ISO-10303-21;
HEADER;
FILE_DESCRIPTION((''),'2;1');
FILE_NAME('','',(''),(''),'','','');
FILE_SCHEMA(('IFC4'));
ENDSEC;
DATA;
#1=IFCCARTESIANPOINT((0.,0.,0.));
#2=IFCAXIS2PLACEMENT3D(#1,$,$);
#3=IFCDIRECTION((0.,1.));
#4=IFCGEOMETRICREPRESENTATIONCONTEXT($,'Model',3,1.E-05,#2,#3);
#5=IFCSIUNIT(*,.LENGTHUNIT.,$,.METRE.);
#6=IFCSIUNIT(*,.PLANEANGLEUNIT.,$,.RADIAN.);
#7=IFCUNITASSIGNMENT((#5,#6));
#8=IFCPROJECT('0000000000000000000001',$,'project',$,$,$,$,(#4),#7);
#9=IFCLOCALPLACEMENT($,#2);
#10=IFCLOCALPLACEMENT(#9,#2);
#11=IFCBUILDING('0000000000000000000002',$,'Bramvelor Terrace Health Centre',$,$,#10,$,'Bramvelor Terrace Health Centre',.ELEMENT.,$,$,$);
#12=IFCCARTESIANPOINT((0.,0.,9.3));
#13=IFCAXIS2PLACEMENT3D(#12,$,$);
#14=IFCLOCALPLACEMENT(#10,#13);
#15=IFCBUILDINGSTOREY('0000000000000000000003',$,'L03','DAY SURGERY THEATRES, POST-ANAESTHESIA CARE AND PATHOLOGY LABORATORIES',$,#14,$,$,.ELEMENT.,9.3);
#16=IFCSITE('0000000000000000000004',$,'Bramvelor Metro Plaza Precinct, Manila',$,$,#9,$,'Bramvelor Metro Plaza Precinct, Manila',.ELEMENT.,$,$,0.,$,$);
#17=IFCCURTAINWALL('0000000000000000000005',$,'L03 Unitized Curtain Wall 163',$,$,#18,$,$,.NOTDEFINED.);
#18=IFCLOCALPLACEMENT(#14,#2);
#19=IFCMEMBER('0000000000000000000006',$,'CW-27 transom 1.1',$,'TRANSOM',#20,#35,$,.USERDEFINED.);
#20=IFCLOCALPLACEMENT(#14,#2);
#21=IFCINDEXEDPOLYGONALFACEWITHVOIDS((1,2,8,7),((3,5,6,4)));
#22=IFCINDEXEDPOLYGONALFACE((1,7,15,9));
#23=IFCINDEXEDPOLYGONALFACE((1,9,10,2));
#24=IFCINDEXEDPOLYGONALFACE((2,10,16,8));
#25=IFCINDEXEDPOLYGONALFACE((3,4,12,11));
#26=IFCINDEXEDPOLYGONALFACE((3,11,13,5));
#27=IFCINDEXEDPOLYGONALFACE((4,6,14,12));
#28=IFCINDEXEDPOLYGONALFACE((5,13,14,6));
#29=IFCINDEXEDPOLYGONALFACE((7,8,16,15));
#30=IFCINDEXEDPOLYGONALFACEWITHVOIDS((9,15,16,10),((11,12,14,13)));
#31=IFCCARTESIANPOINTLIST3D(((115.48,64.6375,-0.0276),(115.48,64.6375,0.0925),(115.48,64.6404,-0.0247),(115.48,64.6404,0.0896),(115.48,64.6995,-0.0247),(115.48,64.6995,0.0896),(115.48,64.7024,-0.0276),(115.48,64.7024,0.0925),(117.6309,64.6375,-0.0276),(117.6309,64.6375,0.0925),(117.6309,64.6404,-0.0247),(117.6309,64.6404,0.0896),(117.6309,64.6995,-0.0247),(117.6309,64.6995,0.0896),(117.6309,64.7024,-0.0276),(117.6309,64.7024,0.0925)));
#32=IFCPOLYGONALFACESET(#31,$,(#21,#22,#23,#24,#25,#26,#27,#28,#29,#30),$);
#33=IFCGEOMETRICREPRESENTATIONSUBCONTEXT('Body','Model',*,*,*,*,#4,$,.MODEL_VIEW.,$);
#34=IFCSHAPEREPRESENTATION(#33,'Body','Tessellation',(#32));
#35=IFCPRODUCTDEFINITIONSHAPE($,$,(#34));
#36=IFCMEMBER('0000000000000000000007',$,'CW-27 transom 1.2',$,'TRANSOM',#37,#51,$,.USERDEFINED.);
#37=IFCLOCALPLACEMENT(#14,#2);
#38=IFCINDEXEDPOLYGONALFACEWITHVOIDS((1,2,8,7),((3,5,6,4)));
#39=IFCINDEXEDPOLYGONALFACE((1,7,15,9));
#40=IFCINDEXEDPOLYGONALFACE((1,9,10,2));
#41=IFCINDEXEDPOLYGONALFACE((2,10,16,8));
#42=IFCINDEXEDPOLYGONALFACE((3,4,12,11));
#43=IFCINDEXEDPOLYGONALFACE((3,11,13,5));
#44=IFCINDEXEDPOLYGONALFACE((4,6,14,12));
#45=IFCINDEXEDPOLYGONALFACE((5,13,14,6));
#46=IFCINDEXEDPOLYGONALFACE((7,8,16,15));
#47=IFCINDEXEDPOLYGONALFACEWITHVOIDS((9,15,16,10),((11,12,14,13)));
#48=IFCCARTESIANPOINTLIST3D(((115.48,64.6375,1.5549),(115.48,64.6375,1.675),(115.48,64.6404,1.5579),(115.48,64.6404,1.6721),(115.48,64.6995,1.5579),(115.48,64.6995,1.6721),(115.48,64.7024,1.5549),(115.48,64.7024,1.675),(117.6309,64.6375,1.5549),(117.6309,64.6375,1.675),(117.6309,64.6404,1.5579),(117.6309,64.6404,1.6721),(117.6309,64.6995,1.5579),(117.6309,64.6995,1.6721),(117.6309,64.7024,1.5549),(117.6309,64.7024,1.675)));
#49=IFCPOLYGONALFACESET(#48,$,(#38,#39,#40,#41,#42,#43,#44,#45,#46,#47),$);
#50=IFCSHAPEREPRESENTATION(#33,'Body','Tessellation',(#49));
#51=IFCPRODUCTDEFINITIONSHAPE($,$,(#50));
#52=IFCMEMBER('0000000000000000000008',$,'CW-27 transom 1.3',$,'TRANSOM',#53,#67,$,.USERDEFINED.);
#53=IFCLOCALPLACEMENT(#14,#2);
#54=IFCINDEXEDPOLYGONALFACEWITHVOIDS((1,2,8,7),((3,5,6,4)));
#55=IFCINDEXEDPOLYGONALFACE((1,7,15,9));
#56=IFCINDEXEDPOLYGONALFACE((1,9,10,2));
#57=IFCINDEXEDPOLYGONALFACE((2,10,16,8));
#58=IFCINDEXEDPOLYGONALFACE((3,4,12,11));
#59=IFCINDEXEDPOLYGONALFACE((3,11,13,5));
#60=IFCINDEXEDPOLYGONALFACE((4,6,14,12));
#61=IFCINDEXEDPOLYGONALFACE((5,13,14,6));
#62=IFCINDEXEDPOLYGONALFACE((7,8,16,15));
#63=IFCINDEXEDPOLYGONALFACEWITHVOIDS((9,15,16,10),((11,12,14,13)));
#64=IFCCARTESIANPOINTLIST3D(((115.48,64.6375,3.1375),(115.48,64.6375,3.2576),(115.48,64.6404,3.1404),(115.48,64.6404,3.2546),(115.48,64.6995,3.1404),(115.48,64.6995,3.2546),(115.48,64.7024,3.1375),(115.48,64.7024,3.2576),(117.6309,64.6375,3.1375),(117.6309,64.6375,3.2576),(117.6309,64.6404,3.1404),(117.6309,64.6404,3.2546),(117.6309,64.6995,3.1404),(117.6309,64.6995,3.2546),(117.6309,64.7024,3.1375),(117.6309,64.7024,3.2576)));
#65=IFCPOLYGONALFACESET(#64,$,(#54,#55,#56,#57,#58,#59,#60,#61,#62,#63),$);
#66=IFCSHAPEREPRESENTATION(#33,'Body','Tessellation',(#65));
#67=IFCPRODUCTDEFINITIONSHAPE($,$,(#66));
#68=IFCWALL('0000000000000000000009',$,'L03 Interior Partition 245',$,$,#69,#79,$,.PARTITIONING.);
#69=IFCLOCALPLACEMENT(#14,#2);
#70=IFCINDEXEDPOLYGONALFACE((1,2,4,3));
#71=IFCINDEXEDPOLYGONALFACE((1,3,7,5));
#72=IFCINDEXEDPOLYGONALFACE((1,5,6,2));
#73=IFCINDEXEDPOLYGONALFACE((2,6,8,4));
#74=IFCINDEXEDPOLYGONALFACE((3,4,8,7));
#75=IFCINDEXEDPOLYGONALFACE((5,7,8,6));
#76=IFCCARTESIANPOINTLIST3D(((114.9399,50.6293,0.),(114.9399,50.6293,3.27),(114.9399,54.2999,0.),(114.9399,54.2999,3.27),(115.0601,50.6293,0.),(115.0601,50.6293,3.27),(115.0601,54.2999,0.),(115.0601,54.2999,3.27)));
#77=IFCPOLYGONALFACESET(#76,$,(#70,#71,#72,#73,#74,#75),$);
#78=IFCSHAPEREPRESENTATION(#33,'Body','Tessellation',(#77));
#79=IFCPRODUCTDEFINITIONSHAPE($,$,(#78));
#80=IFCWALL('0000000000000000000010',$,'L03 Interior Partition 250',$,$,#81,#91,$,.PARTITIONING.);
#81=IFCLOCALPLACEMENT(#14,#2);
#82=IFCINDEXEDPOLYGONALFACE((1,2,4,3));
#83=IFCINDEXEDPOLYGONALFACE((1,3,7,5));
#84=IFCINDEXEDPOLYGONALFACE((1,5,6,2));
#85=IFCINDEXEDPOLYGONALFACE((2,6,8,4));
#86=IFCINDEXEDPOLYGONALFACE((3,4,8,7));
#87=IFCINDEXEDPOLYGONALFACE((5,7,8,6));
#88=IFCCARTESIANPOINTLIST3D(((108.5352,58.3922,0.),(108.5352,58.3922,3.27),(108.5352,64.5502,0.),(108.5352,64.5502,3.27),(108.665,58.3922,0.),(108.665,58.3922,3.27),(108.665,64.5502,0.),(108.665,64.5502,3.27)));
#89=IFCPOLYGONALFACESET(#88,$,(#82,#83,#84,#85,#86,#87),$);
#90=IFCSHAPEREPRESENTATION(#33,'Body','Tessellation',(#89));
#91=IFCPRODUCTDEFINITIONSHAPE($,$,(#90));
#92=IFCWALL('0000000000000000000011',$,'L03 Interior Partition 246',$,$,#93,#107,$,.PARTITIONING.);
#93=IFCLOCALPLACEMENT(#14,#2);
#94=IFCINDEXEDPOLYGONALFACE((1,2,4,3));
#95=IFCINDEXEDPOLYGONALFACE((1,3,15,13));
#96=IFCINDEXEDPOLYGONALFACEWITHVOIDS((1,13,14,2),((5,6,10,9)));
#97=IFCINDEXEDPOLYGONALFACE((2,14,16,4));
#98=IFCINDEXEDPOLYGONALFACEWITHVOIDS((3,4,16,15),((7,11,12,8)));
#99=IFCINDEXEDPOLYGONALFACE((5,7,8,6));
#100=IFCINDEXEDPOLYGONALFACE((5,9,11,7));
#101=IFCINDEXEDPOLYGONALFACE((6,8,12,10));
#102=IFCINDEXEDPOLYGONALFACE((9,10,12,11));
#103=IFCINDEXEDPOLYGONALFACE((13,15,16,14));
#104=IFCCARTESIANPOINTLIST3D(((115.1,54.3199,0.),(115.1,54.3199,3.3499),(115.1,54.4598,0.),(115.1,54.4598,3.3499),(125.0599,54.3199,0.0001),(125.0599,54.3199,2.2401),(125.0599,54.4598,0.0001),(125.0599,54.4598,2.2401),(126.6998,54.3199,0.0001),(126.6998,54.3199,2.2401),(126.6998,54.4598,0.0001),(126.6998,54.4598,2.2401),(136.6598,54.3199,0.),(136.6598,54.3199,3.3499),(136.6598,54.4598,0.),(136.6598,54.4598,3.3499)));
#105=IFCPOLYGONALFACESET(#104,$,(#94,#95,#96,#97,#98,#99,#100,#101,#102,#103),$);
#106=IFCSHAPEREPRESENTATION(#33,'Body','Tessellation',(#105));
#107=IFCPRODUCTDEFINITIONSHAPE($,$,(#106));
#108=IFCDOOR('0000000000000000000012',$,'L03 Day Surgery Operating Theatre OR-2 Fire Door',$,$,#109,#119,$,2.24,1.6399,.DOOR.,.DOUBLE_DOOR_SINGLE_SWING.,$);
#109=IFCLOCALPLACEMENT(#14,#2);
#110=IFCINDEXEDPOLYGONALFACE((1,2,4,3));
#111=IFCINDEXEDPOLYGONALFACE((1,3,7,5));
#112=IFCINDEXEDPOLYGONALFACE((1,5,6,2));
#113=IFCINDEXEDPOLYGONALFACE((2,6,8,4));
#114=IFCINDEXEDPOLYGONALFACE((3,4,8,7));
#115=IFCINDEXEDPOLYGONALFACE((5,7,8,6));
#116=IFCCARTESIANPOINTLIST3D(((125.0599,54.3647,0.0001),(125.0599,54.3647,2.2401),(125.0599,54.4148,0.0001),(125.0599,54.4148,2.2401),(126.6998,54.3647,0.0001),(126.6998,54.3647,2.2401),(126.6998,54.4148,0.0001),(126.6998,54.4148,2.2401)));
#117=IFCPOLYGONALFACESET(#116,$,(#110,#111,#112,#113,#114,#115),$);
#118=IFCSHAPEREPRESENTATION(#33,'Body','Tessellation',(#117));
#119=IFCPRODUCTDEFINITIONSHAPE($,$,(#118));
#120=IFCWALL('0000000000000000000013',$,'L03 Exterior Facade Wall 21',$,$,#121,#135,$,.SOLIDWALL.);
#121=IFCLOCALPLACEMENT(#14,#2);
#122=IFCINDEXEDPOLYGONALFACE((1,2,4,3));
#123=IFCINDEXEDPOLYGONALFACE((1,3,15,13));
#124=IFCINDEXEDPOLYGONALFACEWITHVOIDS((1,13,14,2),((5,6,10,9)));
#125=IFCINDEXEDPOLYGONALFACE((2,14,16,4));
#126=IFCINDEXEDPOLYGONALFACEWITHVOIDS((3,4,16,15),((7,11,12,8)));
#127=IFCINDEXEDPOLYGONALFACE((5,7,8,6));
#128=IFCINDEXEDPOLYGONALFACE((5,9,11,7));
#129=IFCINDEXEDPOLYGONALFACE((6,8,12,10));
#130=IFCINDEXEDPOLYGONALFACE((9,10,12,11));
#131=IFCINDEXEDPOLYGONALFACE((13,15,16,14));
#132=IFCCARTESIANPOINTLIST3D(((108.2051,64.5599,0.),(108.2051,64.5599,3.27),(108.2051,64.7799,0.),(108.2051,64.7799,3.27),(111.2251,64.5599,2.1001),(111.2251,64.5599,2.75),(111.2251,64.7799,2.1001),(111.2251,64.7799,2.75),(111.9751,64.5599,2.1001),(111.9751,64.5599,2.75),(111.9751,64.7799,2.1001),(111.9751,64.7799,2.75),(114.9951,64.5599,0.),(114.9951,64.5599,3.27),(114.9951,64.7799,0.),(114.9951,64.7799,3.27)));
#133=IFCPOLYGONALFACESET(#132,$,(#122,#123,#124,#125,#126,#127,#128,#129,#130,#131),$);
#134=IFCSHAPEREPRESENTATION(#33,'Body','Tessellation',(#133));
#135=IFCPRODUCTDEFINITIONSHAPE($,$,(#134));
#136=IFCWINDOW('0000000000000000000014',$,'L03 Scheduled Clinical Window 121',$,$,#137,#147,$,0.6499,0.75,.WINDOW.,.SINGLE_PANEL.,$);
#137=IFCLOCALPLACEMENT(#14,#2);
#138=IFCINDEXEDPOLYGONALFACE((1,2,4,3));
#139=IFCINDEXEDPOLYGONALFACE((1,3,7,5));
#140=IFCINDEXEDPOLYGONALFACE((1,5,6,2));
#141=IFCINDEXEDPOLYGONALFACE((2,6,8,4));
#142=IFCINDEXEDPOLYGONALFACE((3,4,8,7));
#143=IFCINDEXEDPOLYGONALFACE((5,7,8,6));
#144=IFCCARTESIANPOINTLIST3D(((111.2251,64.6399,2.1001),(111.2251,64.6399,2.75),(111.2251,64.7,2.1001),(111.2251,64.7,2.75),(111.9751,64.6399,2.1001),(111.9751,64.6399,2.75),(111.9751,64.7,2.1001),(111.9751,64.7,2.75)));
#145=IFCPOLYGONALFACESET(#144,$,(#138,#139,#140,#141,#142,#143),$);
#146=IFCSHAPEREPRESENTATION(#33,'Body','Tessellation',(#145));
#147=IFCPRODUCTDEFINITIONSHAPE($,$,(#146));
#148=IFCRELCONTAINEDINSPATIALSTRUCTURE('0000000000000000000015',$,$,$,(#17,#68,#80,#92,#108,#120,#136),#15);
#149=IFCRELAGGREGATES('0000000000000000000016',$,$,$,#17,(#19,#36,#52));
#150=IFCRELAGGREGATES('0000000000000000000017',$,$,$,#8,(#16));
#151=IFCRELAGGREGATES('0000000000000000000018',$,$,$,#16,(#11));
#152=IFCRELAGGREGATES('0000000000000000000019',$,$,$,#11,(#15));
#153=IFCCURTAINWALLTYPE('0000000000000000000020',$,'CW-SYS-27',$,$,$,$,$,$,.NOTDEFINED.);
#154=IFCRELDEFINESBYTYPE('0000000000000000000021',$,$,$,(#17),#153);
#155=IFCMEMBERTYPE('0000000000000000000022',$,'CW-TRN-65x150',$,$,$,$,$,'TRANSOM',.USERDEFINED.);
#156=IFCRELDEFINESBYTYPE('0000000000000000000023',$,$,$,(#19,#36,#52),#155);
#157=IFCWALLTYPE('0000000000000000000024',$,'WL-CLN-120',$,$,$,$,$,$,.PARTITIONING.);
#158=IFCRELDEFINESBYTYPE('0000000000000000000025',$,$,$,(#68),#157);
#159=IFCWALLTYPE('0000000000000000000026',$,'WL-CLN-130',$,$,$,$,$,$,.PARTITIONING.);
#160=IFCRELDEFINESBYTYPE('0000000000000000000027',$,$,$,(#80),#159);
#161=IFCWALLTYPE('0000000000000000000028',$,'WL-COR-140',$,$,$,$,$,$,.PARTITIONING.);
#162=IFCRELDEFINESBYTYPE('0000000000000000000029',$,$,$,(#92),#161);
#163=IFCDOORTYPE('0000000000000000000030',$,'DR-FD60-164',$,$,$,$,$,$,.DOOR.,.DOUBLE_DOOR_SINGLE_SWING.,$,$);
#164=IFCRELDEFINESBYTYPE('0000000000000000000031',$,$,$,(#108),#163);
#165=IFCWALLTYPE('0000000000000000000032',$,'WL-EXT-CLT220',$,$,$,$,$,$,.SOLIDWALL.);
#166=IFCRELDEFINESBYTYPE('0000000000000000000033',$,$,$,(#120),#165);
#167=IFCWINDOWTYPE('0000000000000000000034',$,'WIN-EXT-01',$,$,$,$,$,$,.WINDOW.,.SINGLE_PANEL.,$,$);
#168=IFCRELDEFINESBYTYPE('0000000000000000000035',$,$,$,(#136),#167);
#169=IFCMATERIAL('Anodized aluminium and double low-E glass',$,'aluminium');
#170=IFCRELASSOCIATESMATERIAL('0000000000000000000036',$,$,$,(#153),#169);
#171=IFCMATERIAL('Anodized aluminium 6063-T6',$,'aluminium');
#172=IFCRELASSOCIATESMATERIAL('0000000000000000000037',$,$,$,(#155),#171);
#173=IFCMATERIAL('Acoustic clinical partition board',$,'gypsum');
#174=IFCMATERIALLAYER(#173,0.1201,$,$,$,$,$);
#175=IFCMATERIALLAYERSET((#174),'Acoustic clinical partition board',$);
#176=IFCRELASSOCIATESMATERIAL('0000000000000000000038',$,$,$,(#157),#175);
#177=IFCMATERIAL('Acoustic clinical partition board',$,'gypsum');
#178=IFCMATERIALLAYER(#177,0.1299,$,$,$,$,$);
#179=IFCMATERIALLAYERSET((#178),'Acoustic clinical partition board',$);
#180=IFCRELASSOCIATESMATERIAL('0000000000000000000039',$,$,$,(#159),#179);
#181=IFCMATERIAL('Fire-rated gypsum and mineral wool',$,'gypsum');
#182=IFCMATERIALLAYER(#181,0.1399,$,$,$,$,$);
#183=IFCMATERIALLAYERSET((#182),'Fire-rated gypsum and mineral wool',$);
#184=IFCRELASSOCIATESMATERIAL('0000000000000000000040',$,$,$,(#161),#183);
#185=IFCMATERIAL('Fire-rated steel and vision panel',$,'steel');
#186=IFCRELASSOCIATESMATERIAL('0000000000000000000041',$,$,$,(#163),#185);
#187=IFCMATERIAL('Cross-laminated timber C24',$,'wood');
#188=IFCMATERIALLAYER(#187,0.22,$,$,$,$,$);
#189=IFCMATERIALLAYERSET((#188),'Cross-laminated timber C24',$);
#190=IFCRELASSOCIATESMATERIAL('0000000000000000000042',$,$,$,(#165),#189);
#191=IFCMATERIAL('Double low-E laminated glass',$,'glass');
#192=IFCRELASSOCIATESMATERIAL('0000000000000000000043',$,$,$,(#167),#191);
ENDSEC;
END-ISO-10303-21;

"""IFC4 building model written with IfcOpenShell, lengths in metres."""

from ifc_helpers import new_model, si_unit, direction, frame, frame_2d, origin, origin_2d, place, context, subcontext, project, spatial, rectangle, hollow_rectangle, extrude, material, layer, layer_set, material_profile, profile_set, type_object, element, fill, aggregate, save


model = new_model("IFC4")

# Units and contexts
model_context = context("Model", 3, precision=1e-05, world=origin(), true_north=direction((0.0, 1.0)))
body_context = subcontext(model_context, "Body", "Model", "MODEL_VIEW")
ifc_project = project(units=[si_unit("LENGTHUNIT", "METRE"), si_unit("PLANEANGLEUNIT", "RADIAN")], contexts=[model_context])

# Site, building, storey
site_placement = place(None, origin())
site = spatial("IfcSite", under=ifc_project, at=site_placement, Name="Bramvelor Metro Plaza Precinct, Manila", LongName="Bramvelor Metro Plaza Precinct, Manila", CompositionType="ELEMENT", RefElevation=0.0)
building_placement = place(site_placement, origin())
building = spatial("IfcBuilding", under=site, at=building_placement, Name="Bramvelor Terrace Health Centre", LongName="Bramvelor Terrace Health Centre", CompositionType="ELEMENT")
storey_placement = place(building_placement, frame((0.0, 0.0, 9.3)))
storey = spatial("IfcBuildingStorey", under=building, at=storey_placement, Name="L03", Description="DAY SURGERY THEATRES, POST-ANAESTHESIA CARE AND PATHOLOGY LABORATORIES", CompositionType="ELEMENT", Elevation=9.3)

# Shared definitions
ifc_material_1 = material(Name="Anodized aluminium and double low-E glass", Category="aluminium")
curtain_wall_type = type_object("IfcCurtainWallType", Name="CW-SYS-27", PredefinedType="NOTDEFINED", material=ifc_material_1)

# Curtain wall, members
curtain_wall_1_placement = place(storey_placement, origin())
curtain_wall_1 = element("IfcCurtainWall", 1, at=curtain_wall_1_placement, inside=storey, type_object=curtain_wall_type, Name="L03 Unitized Curtain Wall 163", PredefinedType="NOTDEFINED")
ifc_material_2 = material(Name="Anodized aluminium 6063-T6", Category="aluminium")
ifc_material_profile_1 = material_profile(ifc_material_2, hollow_rectangle(XDim=0.0649, YDim=0.1201, WallThickness=0.0029, at=origin_2d()), Name="ALU-TRN 65x120x3.0")
ifc_profile_set_1 = profile_set([ifc_material_profile_1], Name="Anodized aluminium 6063-T6")
member_type_1 = type_object("IfcMemberType", Name="CW-TRN-65x150", ElementType="TRANSOM", PredefinedType="USERDEFINED", material=ifc_profile_set_1)
member_1_placement = place(storey_placement, frame((115.48, 64.6699, 0.0325), z_axis=(1.0, 0.0, 0.0), x_axis=(0.0, 1.0, 0.0)))
member_1 = element("IfcMember", 2, at=member_1_placement, type_object=member_type_1, Name="CW-27 transom 1.1", ObjectType="TRANSOM", PredefinedType="USERDEFINED", context=body_context, shape_type="SweptSolid", body=[
    extrude(hollow_rectangle(XDim=0.0649, YDim=0.1201, WallThickness=0.0029, at=origin_2d()), origin(), (0.0, 0.0, 1.0), 2.1509),
])
member_2_placement = place(storey_placement, frame((115.48, 64.6699, 1.615), z_axis=(1.0, 0.0, 0.0), x_axis=(0.0, 1.0, 0.0)))
member_2 = element("IfcMember", 3, at=member_2_placement, type_object=member_type_1, Name="CW-27 transom 1.2", ObjectType="TRANSOM", PredefinedType="USERDEFINED", context=body_context, shape_type="SweptSolid", body=[
    extrude(hollow_rectangle(XDim=0.0649, YDim=0.1201, WallThickness=0.0029, at=origin_2d()), origin(), (0.0, 0.0, 1.0), 2.1509),
])
member_3_placement = place(storey_placement, frame((115.48, 64.6699, 3.1975), z_axis=(1.0, 0.0, 0.0), x_axis=(0.0, 1.0, 0.0)))
member_3 = element("IfcMember", 4, at=member_3_placement, type_object=member_type_1, Name="CW-27 transom 1.3", ObjectType="TRANSOM", PredefinedType="USERDEFINED", context=body_context, shape_type="SweptSolid", body=[
    extrude(hollow_rectangle(XDim=0.0649, YDim=0.1201, WallThickness=0.0029, at=origin_2d()), origin(), (0.0, 0.0, 1.0), 2.1509),
])
aggregate(curtain_wall_1, [member_1, member_2, member_3])

# Walls
ifc_material_3 = material(Name="Acoustic clinical partition board", Category="gypsum")
ifc_layer_1 = layer(ifc_material_3, 0.1201)
ifc_layer_set_1 = layer_set([ifc_layer_1], Name="Acoustic clinical partition board")
wall_type_1 = type_object("IfcWallType", Name="WL-CLN-120", PredefinedType="PARTITIONING", material=ifc_layer_set_1)
wall_1_placement = place(storey_placement, frame((115.0, 54.3, 0.0), z_axis=(0.0, 0.0, 1.0), x_axis=(0.0, -1.0, 0.0)))
element("IfcWall", 5, at=wall_1_placement, inside=storey, type_object=wall_type_1, Name="L03 Interior Partition 245", PredefinedType="PARTITIONING", context=body_context, shape_type="SweptSolid", body=[
    extrude(rectangle(XDim=3.6707, YDim=0.1201, at=frame_2d((1.8354, 0.0))), origin(), (0.0, 0.0, 1.0), 3.27),
])
ifc_material_4 = material(Name="Acoustic clinical partition board", Category="gypsum")
ifc_layer_2 = layer(ifc_material_4, 0.1299)
ifc_layer_set_2 = layer_set([ifc_layer_2], Name="Acoustic clinical partition board")
wall_type_2 = type_object("IfcWallType", Name="WL-CLN-130", PredefinedType="PARTITIONING", material=ifc_layer_set_2)
wall_2_placement = place(storey_placement, frame((108.6001, 58.3921, 0.0), z_axis=(0.0, 0.0, 1.0), x_axis=(0.0, 1.0, 0.0)))
element("IfcWall", 6, at=wall_2_placement, inside=storey, type_object=wall_type_2, Name="L03 Interior Partition 250", PredefinedType="PARTITIONING", context=body_context, shape_type="SweptSolid", body=[
    extrude(rectangle(XDim=6.158, YDim=0.1299, at=frame_2d((3.0791, 0.0))), origin(), (0.0, 0.0, 1.0), 3.27),
])

# Wall, opening, door
ifc_material_5 = material(Name="Fire-rated gypsum and mineral wool", Category="gypsum")
ifc_layer_3 = layer(ifc_material_5, 0.1399)
ifc_layer_set_3 = layer_set([ifc_layer_3], Name="Fire-rated gypsum and mineral wool")
wall_type_3 = type_object("IfcWallType", Name="WL-COR-140", PredefinedType="PARTITIONING", material=ifc_layer_set_3)
wall_3_placement = place(storey_placement, frame((115.1001, 54.3899, 0.0), z_axis=(0.0, 0.0, 1.0), x_axis=(1.0, 0.0, 0.0)))
wall_3 = element("IfcWall", 7, at=wall_3_placement, inside=storey, type_object=wall_type_3, Name="L03 Interior Partition 246", PredefinedType="PARTITIONING", context=body_context, shape_type="SweptSolid", body=[
    extrude(rectangle(XDim=21.5598, YDim=0.1399, at=frame_2d((10.7798, 0.0))), origin(), (0.0, 0.0, 1.0), 3.3499),
])
opening_1_placement = place(wall_3_placement, frame((9.96, 0.0, 0.0)))
opening_1 = element("IfcOpeningElement", 8, at=opening_1_placement, cuts=wall_3, PredefinedType="OPENING", context=body_context, shape_type="SweptSolid", body=[
    extrude(rectangle(XDim=1.6399, YDim=2.24, at=frame_2d((0.8198, 1.1201))), frame((0.0, 0.0798, 0.0), z_axis=(0.0, -1.0, 0.0), x_axis=(1.0, 0.0, 0.0)), (0.0, 0.0, 1.0), 0.1599),
])
ifc_material_6 = material(Name="Fire-rated steel and vision panel", Category="steel")
door_type = type_object("IfcDoorType", Name="DR-FD60-164", OperationType="DOUBLE_DOOR_SINGLE_SWING", PredefinedType="DOOR", material=ifc_material_6)
door_placement = place(opening_1_placement, origin())
door = element("IfcDoor", 9, at=door_placement, inside=storey, type_object=door_type, Name="L03 Day Surgery Operating Theatre OR-2 Fire Door", OperationType="DOUBLE_DOOR_SINGLE_SWING", OverallHeight=2.24, OverallWidth=1.6399, PredefinedType="DOOR", context=body_context, shape_type="SweptSolid", body=[
    extrude(rectangle(XDim=1.6399, YDim=2.24, at=frame_2d((0.8198, 1.1201))), frame((0.0, 0.0249, 0.0), z_axis=(0.0, -1.0, 0.0), x_axis=(1.0, 0.0, 0.0)), (0.0, 0.0, 1.0), 0.05),
])
fill(opening_1, door)

# Wall, opening, window
ifc_material_7 = material(Name="Cross-laminated timber C24", Category="wood")
ifc_layer_4 = layer(ifc_material_7, 0.22)
ifc_layer_set_4 = layer_set([ifc_layer_4], Name="Cross-laminated timber C24")
wall_type_4 = type_object("IfcWallType", Name="WL-EXT-CLT220", PredefinedType="SOLIDWALL", material=ifc_layer_set_4)
wall_4_placement = place(storey_placement, frame((108.2051, 64.6699, 0.0), z_axis=(0.0, 0.0, 1.0), x_axis=(1.0, 0.0, 0.0)))
wall_4 = element("IfcWall", 10, at=wall_4_placement, inside=storey, type_object=wall_type_4, Name="L03 Exterior Facade Wall 21", PredefinedType="SOLIDWALL", context=body_context, shape_type="SweptSolid", body=[
    extrude(rectangle(XDim=6.79, YDim=0.22, at=frame_2d((3.395, 0.0))), origin(), (0.0, 0.0, 1.0), 3.27),
])
opening_2_placement = place(wall_4_placement, frame((3.02, 0.0, 2.1001)))
opening_2 = element("IfcOpeningElement", 11, at=opening_2_placement, cuts=wall_4, PredefinedType="OPENING", context=body_context, shape_type="SweptSolid", body=[
    extrude(rectangle(XDim=0.75, YDim=0.6499, at=frame_2d((0.375, 0.325))), frame((0.0, 0.1199, 0.0), z_axis=(0.0, -1.0, 0.0), x_axis=(1.0, 0.0, 0.0)), (0.0, 0.0, 1.0), 0.24),
])
ifc_material_8 = material(Name="Double low-E laminated glass", Category="glass")
window_type = type_object("IfcWindowType", Name="WIN-EXT-01", PartitioningType="SINGLE_PANEL", PredefinedType="WINDOW", material=ifc_material_8)
window_placement = place(opening_2_placement, origin())
window = element("IfcWindow", 12, at=window_placement, inside=storey, type_object=window_type, Name="L03 Scheduled Clinical Window 121", OverallHeight=0.6499, OverallWidth=0.75, PartitioningType="SINGLE_PANEL", PredefinedType="WINDOW", context=body_context, shape_type="SweptSolid", body=[
    extrude(rectangle(XDim=0.75, YDim=0.6499, at=frame_2d((0.375, 0.325))), frame((0.0, 0.03, 0.0), z_axis=(0.0, -1.0, 0.0), x_axis=(1.0, 0.0, 0.0)), (0.0, 0.0, 1.0), 0.0601),
])
fill(opening_2, window)

save(model, "model.ifc")
